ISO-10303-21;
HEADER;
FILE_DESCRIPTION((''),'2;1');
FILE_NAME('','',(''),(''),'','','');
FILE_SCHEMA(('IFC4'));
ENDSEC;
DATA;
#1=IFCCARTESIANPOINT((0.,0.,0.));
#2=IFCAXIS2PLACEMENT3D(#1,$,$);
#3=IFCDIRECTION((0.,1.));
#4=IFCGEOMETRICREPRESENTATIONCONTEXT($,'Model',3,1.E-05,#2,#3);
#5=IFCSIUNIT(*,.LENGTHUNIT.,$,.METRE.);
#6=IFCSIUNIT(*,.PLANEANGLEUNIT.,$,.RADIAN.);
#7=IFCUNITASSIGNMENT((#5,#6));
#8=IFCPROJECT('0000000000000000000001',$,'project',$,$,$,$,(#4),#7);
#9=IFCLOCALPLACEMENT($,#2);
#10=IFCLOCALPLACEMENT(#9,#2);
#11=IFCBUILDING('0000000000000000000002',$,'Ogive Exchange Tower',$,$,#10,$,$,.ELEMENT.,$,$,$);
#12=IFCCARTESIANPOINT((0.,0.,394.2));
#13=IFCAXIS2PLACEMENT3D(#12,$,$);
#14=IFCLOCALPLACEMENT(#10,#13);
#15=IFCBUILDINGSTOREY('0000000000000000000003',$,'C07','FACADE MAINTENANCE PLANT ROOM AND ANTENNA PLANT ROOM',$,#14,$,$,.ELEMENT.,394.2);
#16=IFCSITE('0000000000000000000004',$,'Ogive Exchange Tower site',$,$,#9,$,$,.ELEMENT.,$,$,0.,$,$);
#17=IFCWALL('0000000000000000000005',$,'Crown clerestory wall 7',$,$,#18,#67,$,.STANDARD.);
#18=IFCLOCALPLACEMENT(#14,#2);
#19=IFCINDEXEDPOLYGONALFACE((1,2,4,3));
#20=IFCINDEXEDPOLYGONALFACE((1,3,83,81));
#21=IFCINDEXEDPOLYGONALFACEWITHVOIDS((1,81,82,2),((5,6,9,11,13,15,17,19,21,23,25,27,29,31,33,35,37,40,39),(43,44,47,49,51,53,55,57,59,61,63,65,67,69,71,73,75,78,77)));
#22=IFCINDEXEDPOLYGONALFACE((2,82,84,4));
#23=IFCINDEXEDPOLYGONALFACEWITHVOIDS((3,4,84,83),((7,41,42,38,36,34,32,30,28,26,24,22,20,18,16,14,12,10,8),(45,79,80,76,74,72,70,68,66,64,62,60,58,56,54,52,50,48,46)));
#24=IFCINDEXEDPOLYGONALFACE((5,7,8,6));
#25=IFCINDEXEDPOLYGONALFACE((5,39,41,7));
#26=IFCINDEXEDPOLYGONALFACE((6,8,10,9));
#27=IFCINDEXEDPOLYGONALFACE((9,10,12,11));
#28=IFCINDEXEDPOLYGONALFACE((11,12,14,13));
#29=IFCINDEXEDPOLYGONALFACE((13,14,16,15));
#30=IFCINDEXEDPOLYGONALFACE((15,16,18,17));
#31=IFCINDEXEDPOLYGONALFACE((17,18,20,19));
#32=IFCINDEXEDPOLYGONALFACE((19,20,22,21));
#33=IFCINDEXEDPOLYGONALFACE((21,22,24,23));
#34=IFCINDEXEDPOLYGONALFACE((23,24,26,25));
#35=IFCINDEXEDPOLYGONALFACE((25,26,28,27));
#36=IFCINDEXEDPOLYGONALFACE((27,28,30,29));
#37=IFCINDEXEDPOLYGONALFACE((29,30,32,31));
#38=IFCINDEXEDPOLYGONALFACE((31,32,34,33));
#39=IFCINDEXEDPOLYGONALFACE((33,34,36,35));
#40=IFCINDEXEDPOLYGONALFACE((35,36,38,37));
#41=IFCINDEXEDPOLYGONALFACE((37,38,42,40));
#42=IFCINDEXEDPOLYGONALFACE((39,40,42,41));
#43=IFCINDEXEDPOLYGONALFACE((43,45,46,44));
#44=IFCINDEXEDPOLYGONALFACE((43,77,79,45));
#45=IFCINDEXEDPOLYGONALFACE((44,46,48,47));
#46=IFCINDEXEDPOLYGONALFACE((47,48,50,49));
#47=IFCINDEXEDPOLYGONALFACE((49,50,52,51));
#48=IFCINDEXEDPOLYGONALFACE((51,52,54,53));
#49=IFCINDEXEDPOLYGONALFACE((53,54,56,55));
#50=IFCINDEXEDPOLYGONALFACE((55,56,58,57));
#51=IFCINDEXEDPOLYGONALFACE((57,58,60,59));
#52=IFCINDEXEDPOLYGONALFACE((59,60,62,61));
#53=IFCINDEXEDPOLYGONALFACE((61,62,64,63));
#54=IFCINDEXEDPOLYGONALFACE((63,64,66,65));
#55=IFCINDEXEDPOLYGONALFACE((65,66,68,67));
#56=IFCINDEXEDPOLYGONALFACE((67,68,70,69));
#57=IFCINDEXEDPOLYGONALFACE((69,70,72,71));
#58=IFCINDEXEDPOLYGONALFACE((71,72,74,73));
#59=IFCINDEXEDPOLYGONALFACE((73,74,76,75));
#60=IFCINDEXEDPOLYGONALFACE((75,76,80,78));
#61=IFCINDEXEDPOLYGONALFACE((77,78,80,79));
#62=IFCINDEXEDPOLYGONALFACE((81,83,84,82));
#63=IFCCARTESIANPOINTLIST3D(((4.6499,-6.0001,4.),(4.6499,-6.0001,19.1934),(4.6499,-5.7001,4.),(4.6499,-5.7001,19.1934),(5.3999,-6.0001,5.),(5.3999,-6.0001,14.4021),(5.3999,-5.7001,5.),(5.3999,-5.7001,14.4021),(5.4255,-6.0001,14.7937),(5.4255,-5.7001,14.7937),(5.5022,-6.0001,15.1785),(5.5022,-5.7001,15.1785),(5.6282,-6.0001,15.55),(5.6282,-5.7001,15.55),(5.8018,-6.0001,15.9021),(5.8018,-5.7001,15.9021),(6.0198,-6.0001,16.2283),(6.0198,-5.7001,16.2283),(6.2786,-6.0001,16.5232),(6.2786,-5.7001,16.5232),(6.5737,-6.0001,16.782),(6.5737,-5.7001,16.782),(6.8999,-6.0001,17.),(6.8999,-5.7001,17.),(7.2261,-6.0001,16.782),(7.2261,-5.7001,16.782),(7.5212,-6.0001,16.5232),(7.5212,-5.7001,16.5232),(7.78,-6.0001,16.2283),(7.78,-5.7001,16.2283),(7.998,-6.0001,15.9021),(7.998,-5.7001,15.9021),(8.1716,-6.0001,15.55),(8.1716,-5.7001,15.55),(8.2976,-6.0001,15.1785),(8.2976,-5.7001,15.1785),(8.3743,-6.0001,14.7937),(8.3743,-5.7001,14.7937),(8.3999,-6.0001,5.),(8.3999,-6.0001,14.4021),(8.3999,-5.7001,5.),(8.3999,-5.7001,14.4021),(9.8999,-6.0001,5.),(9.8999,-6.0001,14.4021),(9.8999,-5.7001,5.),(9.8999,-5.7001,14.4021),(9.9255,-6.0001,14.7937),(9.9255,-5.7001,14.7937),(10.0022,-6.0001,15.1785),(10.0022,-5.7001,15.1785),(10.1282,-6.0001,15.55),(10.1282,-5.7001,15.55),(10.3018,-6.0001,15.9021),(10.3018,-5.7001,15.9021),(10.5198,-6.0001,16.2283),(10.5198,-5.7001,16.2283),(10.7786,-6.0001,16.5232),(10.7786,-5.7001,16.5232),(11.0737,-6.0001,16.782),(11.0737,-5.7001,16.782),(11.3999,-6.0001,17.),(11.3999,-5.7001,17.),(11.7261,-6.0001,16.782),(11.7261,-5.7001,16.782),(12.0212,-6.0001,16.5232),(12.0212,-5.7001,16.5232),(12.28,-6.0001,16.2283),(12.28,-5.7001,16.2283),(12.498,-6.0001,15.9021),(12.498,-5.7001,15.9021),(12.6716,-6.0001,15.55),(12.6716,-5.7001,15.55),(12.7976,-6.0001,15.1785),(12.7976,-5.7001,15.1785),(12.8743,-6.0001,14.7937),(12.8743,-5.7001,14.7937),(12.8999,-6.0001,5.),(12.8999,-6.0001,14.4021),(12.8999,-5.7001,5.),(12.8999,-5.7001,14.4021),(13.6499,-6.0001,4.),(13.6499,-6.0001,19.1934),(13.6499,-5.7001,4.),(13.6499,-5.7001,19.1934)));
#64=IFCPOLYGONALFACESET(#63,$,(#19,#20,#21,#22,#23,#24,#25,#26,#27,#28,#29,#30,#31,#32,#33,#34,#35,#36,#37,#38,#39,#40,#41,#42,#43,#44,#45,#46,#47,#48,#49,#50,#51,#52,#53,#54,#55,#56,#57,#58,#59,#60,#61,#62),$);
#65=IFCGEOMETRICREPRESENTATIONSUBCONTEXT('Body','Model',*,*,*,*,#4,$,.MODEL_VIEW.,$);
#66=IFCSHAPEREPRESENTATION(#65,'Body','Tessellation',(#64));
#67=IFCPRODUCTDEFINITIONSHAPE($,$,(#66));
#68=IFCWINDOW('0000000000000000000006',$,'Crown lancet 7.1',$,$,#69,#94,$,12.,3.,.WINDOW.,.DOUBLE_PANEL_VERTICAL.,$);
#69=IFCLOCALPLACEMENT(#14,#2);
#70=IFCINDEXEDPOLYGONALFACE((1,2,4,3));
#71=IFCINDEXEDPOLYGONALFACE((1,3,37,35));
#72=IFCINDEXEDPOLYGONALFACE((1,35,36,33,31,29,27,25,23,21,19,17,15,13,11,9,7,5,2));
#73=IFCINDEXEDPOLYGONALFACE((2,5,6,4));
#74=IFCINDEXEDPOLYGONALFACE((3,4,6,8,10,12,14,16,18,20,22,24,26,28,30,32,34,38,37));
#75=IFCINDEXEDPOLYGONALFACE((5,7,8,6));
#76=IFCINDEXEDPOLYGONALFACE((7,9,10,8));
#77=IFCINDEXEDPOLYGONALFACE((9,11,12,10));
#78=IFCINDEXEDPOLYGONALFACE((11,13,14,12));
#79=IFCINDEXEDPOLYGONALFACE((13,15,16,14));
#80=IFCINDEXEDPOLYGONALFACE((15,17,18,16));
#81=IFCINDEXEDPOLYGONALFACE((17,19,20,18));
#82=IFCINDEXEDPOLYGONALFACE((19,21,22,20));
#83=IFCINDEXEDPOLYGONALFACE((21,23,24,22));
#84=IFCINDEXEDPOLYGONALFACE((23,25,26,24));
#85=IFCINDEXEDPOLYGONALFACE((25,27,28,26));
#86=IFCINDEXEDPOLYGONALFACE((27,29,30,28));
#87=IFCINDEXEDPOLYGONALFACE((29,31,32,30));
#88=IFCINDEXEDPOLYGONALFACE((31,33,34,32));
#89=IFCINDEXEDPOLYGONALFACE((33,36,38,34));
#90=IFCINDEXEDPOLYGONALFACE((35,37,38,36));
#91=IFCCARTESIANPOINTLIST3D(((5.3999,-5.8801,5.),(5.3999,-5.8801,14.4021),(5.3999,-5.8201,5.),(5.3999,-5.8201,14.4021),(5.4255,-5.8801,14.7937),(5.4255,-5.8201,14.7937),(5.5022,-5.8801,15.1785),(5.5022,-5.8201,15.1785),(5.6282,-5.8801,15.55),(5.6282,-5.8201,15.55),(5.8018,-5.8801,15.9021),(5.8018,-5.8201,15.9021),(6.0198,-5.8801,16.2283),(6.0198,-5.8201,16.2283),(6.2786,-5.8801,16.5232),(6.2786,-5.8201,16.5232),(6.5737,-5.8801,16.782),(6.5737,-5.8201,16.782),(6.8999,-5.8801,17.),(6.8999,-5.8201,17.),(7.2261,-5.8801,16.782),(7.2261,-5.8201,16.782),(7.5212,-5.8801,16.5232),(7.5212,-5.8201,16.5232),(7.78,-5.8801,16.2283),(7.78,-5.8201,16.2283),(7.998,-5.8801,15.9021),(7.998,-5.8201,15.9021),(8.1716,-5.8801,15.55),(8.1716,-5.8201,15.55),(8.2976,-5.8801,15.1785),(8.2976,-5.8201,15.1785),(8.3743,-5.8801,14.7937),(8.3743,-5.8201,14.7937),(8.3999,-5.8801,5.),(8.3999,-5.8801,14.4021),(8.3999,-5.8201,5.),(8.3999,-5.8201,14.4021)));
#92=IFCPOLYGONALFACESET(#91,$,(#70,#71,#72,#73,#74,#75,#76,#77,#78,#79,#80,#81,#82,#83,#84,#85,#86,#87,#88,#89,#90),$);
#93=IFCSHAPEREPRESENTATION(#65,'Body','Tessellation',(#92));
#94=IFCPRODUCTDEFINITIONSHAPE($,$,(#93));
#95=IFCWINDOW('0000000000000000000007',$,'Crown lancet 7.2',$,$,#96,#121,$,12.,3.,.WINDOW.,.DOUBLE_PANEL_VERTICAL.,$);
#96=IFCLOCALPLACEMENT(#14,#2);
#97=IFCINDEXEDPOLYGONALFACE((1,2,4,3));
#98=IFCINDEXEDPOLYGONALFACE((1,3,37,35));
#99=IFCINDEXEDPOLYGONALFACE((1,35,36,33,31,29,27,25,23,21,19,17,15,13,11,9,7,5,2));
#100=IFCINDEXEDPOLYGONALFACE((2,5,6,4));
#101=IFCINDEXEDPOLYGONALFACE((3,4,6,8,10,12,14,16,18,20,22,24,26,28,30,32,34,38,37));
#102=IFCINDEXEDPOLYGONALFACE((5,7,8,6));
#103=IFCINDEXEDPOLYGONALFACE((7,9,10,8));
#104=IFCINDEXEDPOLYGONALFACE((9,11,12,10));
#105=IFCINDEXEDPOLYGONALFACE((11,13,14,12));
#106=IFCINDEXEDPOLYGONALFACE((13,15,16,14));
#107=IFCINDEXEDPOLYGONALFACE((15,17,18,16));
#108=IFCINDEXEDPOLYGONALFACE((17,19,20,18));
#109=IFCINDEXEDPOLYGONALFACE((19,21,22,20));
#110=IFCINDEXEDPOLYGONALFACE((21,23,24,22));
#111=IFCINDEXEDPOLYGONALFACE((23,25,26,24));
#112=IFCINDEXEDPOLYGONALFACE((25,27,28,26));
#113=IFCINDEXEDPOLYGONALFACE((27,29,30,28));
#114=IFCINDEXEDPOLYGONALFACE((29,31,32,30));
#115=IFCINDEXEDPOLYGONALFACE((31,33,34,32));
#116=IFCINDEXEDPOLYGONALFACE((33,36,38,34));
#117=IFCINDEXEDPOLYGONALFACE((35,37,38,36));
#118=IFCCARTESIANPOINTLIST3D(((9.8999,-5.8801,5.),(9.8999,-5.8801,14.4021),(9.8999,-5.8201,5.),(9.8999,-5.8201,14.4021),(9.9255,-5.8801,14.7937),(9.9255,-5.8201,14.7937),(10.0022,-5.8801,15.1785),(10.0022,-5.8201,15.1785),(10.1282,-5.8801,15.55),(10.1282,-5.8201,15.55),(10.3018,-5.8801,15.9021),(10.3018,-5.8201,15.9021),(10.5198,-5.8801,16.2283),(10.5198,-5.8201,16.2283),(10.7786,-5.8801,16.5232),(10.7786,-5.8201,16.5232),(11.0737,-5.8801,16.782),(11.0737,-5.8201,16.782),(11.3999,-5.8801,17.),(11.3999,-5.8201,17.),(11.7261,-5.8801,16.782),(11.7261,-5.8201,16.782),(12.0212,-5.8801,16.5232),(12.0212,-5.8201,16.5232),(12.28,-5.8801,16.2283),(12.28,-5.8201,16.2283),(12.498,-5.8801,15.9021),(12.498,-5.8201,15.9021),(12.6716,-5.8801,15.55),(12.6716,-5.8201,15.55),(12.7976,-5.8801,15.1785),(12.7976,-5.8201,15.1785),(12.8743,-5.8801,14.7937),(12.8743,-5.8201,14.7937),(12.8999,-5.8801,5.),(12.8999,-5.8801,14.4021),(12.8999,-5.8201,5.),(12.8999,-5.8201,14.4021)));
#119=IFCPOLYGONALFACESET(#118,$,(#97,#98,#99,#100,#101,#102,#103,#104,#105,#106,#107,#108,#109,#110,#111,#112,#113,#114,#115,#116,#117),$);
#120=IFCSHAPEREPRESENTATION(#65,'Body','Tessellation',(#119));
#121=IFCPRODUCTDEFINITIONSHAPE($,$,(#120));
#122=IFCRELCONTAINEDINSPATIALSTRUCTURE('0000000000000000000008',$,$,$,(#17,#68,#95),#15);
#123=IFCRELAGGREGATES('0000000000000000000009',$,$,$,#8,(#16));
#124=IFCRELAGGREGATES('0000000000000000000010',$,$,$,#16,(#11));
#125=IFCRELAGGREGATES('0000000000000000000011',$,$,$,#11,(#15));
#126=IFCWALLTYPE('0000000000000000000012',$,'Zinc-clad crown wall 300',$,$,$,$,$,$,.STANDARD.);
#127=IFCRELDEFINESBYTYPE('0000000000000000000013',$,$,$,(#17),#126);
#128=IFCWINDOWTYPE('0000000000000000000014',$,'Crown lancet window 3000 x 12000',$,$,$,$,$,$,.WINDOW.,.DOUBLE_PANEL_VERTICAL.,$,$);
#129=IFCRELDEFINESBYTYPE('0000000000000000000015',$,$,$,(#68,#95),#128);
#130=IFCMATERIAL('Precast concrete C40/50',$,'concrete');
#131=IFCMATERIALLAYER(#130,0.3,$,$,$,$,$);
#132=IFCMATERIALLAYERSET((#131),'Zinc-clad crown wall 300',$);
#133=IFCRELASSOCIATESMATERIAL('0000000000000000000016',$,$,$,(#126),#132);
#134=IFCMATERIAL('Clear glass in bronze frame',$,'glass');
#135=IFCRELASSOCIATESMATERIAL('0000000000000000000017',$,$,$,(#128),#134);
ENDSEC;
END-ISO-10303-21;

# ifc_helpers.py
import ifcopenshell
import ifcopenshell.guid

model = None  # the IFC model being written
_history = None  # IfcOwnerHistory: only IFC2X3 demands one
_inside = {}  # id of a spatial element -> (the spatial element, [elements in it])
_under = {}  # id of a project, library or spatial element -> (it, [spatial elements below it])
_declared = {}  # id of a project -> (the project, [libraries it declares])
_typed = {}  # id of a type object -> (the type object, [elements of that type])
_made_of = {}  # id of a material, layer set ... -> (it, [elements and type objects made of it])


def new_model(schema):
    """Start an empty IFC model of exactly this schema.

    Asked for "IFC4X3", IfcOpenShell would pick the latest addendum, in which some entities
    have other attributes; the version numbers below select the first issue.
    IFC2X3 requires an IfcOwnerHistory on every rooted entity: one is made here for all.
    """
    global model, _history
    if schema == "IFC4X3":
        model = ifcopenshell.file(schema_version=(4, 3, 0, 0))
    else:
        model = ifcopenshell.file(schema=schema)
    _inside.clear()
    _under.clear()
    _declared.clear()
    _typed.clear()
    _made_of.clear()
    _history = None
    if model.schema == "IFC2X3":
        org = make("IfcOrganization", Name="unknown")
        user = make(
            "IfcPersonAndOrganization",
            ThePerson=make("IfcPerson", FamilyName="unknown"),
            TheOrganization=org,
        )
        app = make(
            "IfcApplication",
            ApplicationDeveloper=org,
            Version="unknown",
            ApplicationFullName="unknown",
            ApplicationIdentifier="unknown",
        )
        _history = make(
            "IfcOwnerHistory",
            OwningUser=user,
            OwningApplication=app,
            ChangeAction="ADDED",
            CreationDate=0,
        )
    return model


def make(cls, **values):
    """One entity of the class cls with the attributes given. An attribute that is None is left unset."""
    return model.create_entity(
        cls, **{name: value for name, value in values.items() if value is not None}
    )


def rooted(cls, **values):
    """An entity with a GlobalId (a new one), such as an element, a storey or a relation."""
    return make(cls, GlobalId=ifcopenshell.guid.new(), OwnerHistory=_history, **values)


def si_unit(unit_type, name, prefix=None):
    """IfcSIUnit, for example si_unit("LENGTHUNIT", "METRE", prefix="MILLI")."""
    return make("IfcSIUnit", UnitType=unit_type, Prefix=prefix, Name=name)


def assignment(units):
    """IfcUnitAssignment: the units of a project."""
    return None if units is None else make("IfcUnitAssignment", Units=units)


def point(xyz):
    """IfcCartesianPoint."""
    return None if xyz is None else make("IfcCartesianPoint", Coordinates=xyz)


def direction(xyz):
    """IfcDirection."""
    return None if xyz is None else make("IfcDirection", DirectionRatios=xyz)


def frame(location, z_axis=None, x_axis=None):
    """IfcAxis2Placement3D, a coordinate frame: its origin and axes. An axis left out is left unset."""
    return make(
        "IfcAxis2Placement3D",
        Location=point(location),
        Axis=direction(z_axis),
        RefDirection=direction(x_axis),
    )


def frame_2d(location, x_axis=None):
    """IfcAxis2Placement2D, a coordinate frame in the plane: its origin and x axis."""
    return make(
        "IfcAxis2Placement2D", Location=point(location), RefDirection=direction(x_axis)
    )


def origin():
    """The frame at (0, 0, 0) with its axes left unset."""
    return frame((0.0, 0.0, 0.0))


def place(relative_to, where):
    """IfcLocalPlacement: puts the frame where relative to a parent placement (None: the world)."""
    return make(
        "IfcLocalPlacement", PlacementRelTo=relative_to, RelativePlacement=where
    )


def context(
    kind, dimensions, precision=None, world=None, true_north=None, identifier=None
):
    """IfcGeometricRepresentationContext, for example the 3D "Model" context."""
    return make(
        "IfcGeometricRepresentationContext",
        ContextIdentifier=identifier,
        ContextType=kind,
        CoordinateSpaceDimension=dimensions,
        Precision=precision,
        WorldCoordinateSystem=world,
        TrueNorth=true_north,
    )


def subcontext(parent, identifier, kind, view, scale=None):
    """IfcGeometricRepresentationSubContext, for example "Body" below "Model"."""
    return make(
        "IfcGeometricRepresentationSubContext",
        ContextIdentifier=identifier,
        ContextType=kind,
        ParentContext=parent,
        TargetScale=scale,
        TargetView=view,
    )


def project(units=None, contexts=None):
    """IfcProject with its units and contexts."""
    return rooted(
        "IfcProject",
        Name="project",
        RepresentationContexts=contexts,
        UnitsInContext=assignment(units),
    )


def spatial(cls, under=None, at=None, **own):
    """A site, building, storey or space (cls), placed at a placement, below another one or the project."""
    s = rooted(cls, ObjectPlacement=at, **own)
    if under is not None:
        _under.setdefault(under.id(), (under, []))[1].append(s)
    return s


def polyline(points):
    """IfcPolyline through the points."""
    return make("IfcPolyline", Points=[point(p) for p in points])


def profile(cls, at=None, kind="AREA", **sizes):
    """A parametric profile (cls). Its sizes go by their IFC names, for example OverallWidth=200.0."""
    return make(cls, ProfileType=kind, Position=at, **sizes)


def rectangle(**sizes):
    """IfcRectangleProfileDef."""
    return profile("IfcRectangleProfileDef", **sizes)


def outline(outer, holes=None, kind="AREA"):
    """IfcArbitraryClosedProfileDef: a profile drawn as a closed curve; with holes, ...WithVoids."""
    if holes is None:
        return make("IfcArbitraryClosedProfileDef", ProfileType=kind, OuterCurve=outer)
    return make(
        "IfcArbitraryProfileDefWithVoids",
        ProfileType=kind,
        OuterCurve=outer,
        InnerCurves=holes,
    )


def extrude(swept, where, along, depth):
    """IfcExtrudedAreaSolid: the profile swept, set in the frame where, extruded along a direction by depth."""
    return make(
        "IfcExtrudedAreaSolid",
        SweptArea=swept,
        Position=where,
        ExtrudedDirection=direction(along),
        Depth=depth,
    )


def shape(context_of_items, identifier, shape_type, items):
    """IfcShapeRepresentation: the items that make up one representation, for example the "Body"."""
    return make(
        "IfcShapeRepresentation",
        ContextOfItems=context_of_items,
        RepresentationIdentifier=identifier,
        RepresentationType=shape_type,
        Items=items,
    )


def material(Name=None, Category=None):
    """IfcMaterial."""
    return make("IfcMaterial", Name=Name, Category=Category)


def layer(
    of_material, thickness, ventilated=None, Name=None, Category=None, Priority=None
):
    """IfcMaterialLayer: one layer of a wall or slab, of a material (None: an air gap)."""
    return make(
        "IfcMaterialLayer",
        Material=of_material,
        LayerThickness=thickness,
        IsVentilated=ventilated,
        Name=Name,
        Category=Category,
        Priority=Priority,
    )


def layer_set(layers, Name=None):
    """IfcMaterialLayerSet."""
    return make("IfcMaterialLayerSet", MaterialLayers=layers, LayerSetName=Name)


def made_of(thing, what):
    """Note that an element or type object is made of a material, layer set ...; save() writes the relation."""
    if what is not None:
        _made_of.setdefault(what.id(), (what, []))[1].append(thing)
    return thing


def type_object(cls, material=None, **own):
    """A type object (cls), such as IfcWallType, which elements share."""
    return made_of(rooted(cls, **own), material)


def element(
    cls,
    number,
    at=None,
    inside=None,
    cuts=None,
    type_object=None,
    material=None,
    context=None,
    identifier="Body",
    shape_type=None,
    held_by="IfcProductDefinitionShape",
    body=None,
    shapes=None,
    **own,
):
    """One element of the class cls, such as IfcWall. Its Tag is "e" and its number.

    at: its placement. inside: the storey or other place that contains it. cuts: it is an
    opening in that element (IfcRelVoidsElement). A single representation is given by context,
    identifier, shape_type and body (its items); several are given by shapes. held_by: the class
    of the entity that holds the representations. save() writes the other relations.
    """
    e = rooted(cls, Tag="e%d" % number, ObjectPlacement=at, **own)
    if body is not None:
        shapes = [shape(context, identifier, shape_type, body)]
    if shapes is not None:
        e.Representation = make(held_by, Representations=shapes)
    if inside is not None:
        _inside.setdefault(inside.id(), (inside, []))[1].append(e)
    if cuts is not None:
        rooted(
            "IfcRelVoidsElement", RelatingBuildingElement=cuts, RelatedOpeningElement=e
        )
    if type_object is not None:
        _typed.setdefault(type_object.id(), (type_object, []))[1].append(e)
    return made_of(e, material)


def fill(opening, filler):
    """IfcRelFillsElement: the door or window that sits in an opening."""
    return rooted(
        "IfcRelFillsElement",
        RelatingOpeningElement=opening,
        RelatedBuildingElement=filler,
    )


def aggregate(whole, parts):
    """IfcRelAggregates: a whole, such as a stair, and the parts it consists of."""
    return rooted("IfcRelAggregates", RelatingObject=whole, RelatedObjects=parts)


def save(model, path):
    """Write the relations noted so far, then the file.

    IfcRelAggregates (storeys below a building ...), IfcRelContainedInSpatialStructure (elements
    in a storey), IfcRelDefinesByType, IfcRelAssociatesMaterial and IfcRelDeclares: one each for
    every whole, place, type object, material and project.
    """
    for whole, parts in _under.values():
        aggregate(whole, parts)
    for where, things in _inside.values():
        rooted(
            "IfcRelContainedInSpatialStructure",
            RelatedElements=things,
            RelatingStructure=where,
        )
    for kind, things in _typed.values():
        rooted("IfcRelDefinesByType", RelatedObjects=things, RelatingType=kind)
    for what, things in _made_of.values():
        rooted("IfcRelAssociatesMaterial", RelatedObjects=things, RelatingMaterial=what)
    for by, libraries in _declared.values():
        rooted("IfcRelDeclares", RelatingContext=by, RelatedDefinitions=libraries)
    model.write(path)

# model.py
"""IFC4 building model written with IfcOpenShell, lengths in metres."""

from ifc_helpers import new_model, si_unit, direction, frame, frame_2d, origin, place, context, subcontext, project, spatial, polyline, rectangle, outline, extrude, material, layer, layer_set, type_object, element, fill, save


model = new_model("IFC4")

# Units and contexts
model_context = context("Model", 3, precision=1e-05, world=origin(), true_north=direction((0.0, 1.0)))
body_context = subcontext(model_context, "Body", "Model", "MODEL_VIEW")
ifc_project = project(units=[si_unit("LENGTHUNIT", "METRE"), si_unit("PLANEANGLEUNIT", "RADIAN")], contexts=[model_context])

# Site, building, storey
site_placement = place(None, origin())
site = spatial("IfcSite", under=ifc_project, at=site_placement, Name="Ogive Exchange Tower site", CompositionType="ELEMENT", RefElevation=0.0)
building_placement = place(site_placement, origin())
building = spatial("IfcBuilding", under=site, at=building_placement, Name="Ogive Exchange Tower", CompositionType="ELEMENT")
storey_placement = place(building_placement, frame((0.0, 0.0, 394.2)))
storey = spatial("IfcBuildingStorey", under=building, at=storey_placement, Name="C07", Description="FACADE MAINTENANCE PLANT ROOM AND ANTENNA PLANT ROOM", CompositionType="ELEMENT", Elevation=394.2)

# Wall, openings, windows
ifc_material_1 = material(Name="Precast concrete C40/50", Category="concrete")
ifc_layer_1 = layer(ifc_material_1, 0.3)
ifc_layer_set_1 = layer_set([ifc_layer_1], Name="Zinc-clad crown wall 300")
wall_type = type_object("IfcWallType", Name="Zinc-clad crown wall 300", PredefinedType="STANDARD", material=ifc_layer_set_1)
wall_1_placement = place(storey_placement, frame((4.6499, -5.8501, 4.0), z_axis=(0.0, 0.0, 1.0), x_axis=(1.0, 0.0, 0.0)))
wall_1 = element("IfcWall", 1, at=wall_1_placement, inside=storey, type_object=wall_type, Name="Crown clerestory wall 7", PredefinedType="STANDARD", context=body_context, shape_type="SweptSolid", body=[
    extrude(rectangle(XDim=9.0, YDim=0.3, at=frame_2d((4.5, 0.0))), origin(), (0.0, 0.0, 1.0), 15.1934),
])
opening_1_placement = place(wall_1_placement, frame((0.75, 0.0, 1.0)))
opening_1 = element("IfcOpeningElement", 2, at=opening_1_placement, cuts=wall_1, PredefinedType="OPENING", context=body_context, shape_type="SweptSolid", body=[
    extrude(outline(polyline([(0.0, 0.0), (3.0, 0.0), (3.0, 9.4021), (2.9744, 9.7937), (2.8977, 10.1785), (2.7717, 10.55), (2.5981, 10.9021), (2.3801, 11.2283), (2.1213, 11.5232), (1.8262, 11.782), (1.5, 12.0), (1.1738, 11.782), (0.8787, 11.5232), (0.6199, 11.2283), (0.4019, 10.9021), (0.2283, 10.55), (0.1023, 10.1785), (0.0256, 9.7937), (0.0, 9.4021), (0.0, 0.0)])), frame((0.0, 0.1599, 0.0), z_axis=(0.0, -1.0, 0.0), x_axis=(1.0, 0.0, 0.0)), (0.0, 0.0, 1.0), 0.3201),
])
opening_2_placement = place(wall_1_placement, frame((5.25, 0.0, 1.0)))
opening_2 = element("IfcOpeningElement", 3, at=opening_2_placement, cuts=wall_1, PredefinedType="OPENING", context=body_context, shape_type="SweptSolid", body=[
    extrude(outline(polyline([(0.0, 0.0), (3.0, 0.0), (3.0, 9.4021), (2.9744, 9.7937), (2.8977, 10.1785), (2.7717, 10.55), (2.5981, 10.9021), (2.3801, 11.2283), (2.1213, 11.5232), (1.8262, 11.782), (1.5, 12.0), (1.1738, 11.782), (0.8787, 11.5232), (0.6199, 11.2283), (0.4019, 10.9021), (0.2283, 10.55), (0.1023, 10.1785), (0.0256, 9.7937), (0.0, 9.4021), (0.0, 0.0)])), frame((0.0, 0.1599, 0.0), z_axis=(0.0, -1.0, 0.0), x_axis=(1.0, 0.0, 0.0)), (0.0, 0.0, 1.0), 0.3201),
])
ifc_material_2 = material(Name="Clear glass in bronze frame", Category="glass")
window_type_1 = type_object("IfcWindowType", Name="Crown lancet window 3000 x 12000", PartitioningType="DOUBLE_PANEL_VERTICAL", PredefinedType="WINDOW", material=ifc_material_2)
window_1_placement = place(opening_1_placement, origin())
window_1 = element("IfcWindow", 4, at=window_1_placement, inside=storey, type_object=window_type_1, Name="Crown lancet 7.1", OverallHeight=12.0, OverallWidth=3.0, PartitioningType="DOUBLE_PANEL_VERTICAL", PredefinedType="WINDOW", context=body_context, shape_type="SweptSolid", body=[
    extrude(outline(polyline([(0.0, 0.0), (3.0, 0.0), (3.0, 9.4021), (2.9744, 9.7937), (2.8977, 10.1785), (2.7717, 10.55), (2.5981, 10.9021), (2.3801, 11.2283), (2.1213, 11.5232), (1.8262, 11.782), (1.5, 12.0), (1.1738, 11.782), (0.8787, 11.5232), (0.6199, 11.2283), (0.4019, 10.9021), (0.2283, 10.55), (0.1023, 10.1785), (0.0256, 9.7937), (0.0, 9.4021), (0.0, 0.0)])), frame((0.0, 0.03, 0.0), z_axis=(0.0, -1.0, 0.0), x_axis=(1.0, 0.0, 0.0)), (0.0, 0.0, 1.0), 0.0601),
])
fill(opening_1, window_1)
window_2_placement = place(opening_2_placement, origin())
window_2 = element("IfcWindow", 5, at=window_2_placement, inside=storey, type_object=window_type_1, Name="Crown lancet 7.2", OverallHeight=12.0, OverallWidth=3.0, PartitioningType="DOUBLE_PANEL_VERTICAL", PredefinedType="WINDOW", context=body_context, shape_type="SweptSolid", body=[
    extrude(outline(polyline([(0.0, 0.0), (3.0, 0.0), (3.0, 9.4021), (2.9744, 9.7937), (2.8977, 10.1785), (2.7717, 10.55), (2.5981, 10.9021), (2.3801, 11.2283), (2.1213, 11.5232), (1.8262, 11.782), (1.5, 12.0), (1.1738, 11.782), (0.8787, 11.5232), (0.6199, 11.2283), (0.4019, 10.9021), (0.2283, 10.55), (0.1023, 10.1785), (0.0256, 9.7937), (0.0, 9.4021), (0.0, 0.0)])), frame((0.0, 0.03, 0.0), z_axis=(0.0, -1.0, 0.0), x_axis=(1.0, 0.0, 0.0)), (0.0, 0.0, 1.0), 0.0601),
])
fill(opening_2, window_2)

save(model, "model.ifc")
